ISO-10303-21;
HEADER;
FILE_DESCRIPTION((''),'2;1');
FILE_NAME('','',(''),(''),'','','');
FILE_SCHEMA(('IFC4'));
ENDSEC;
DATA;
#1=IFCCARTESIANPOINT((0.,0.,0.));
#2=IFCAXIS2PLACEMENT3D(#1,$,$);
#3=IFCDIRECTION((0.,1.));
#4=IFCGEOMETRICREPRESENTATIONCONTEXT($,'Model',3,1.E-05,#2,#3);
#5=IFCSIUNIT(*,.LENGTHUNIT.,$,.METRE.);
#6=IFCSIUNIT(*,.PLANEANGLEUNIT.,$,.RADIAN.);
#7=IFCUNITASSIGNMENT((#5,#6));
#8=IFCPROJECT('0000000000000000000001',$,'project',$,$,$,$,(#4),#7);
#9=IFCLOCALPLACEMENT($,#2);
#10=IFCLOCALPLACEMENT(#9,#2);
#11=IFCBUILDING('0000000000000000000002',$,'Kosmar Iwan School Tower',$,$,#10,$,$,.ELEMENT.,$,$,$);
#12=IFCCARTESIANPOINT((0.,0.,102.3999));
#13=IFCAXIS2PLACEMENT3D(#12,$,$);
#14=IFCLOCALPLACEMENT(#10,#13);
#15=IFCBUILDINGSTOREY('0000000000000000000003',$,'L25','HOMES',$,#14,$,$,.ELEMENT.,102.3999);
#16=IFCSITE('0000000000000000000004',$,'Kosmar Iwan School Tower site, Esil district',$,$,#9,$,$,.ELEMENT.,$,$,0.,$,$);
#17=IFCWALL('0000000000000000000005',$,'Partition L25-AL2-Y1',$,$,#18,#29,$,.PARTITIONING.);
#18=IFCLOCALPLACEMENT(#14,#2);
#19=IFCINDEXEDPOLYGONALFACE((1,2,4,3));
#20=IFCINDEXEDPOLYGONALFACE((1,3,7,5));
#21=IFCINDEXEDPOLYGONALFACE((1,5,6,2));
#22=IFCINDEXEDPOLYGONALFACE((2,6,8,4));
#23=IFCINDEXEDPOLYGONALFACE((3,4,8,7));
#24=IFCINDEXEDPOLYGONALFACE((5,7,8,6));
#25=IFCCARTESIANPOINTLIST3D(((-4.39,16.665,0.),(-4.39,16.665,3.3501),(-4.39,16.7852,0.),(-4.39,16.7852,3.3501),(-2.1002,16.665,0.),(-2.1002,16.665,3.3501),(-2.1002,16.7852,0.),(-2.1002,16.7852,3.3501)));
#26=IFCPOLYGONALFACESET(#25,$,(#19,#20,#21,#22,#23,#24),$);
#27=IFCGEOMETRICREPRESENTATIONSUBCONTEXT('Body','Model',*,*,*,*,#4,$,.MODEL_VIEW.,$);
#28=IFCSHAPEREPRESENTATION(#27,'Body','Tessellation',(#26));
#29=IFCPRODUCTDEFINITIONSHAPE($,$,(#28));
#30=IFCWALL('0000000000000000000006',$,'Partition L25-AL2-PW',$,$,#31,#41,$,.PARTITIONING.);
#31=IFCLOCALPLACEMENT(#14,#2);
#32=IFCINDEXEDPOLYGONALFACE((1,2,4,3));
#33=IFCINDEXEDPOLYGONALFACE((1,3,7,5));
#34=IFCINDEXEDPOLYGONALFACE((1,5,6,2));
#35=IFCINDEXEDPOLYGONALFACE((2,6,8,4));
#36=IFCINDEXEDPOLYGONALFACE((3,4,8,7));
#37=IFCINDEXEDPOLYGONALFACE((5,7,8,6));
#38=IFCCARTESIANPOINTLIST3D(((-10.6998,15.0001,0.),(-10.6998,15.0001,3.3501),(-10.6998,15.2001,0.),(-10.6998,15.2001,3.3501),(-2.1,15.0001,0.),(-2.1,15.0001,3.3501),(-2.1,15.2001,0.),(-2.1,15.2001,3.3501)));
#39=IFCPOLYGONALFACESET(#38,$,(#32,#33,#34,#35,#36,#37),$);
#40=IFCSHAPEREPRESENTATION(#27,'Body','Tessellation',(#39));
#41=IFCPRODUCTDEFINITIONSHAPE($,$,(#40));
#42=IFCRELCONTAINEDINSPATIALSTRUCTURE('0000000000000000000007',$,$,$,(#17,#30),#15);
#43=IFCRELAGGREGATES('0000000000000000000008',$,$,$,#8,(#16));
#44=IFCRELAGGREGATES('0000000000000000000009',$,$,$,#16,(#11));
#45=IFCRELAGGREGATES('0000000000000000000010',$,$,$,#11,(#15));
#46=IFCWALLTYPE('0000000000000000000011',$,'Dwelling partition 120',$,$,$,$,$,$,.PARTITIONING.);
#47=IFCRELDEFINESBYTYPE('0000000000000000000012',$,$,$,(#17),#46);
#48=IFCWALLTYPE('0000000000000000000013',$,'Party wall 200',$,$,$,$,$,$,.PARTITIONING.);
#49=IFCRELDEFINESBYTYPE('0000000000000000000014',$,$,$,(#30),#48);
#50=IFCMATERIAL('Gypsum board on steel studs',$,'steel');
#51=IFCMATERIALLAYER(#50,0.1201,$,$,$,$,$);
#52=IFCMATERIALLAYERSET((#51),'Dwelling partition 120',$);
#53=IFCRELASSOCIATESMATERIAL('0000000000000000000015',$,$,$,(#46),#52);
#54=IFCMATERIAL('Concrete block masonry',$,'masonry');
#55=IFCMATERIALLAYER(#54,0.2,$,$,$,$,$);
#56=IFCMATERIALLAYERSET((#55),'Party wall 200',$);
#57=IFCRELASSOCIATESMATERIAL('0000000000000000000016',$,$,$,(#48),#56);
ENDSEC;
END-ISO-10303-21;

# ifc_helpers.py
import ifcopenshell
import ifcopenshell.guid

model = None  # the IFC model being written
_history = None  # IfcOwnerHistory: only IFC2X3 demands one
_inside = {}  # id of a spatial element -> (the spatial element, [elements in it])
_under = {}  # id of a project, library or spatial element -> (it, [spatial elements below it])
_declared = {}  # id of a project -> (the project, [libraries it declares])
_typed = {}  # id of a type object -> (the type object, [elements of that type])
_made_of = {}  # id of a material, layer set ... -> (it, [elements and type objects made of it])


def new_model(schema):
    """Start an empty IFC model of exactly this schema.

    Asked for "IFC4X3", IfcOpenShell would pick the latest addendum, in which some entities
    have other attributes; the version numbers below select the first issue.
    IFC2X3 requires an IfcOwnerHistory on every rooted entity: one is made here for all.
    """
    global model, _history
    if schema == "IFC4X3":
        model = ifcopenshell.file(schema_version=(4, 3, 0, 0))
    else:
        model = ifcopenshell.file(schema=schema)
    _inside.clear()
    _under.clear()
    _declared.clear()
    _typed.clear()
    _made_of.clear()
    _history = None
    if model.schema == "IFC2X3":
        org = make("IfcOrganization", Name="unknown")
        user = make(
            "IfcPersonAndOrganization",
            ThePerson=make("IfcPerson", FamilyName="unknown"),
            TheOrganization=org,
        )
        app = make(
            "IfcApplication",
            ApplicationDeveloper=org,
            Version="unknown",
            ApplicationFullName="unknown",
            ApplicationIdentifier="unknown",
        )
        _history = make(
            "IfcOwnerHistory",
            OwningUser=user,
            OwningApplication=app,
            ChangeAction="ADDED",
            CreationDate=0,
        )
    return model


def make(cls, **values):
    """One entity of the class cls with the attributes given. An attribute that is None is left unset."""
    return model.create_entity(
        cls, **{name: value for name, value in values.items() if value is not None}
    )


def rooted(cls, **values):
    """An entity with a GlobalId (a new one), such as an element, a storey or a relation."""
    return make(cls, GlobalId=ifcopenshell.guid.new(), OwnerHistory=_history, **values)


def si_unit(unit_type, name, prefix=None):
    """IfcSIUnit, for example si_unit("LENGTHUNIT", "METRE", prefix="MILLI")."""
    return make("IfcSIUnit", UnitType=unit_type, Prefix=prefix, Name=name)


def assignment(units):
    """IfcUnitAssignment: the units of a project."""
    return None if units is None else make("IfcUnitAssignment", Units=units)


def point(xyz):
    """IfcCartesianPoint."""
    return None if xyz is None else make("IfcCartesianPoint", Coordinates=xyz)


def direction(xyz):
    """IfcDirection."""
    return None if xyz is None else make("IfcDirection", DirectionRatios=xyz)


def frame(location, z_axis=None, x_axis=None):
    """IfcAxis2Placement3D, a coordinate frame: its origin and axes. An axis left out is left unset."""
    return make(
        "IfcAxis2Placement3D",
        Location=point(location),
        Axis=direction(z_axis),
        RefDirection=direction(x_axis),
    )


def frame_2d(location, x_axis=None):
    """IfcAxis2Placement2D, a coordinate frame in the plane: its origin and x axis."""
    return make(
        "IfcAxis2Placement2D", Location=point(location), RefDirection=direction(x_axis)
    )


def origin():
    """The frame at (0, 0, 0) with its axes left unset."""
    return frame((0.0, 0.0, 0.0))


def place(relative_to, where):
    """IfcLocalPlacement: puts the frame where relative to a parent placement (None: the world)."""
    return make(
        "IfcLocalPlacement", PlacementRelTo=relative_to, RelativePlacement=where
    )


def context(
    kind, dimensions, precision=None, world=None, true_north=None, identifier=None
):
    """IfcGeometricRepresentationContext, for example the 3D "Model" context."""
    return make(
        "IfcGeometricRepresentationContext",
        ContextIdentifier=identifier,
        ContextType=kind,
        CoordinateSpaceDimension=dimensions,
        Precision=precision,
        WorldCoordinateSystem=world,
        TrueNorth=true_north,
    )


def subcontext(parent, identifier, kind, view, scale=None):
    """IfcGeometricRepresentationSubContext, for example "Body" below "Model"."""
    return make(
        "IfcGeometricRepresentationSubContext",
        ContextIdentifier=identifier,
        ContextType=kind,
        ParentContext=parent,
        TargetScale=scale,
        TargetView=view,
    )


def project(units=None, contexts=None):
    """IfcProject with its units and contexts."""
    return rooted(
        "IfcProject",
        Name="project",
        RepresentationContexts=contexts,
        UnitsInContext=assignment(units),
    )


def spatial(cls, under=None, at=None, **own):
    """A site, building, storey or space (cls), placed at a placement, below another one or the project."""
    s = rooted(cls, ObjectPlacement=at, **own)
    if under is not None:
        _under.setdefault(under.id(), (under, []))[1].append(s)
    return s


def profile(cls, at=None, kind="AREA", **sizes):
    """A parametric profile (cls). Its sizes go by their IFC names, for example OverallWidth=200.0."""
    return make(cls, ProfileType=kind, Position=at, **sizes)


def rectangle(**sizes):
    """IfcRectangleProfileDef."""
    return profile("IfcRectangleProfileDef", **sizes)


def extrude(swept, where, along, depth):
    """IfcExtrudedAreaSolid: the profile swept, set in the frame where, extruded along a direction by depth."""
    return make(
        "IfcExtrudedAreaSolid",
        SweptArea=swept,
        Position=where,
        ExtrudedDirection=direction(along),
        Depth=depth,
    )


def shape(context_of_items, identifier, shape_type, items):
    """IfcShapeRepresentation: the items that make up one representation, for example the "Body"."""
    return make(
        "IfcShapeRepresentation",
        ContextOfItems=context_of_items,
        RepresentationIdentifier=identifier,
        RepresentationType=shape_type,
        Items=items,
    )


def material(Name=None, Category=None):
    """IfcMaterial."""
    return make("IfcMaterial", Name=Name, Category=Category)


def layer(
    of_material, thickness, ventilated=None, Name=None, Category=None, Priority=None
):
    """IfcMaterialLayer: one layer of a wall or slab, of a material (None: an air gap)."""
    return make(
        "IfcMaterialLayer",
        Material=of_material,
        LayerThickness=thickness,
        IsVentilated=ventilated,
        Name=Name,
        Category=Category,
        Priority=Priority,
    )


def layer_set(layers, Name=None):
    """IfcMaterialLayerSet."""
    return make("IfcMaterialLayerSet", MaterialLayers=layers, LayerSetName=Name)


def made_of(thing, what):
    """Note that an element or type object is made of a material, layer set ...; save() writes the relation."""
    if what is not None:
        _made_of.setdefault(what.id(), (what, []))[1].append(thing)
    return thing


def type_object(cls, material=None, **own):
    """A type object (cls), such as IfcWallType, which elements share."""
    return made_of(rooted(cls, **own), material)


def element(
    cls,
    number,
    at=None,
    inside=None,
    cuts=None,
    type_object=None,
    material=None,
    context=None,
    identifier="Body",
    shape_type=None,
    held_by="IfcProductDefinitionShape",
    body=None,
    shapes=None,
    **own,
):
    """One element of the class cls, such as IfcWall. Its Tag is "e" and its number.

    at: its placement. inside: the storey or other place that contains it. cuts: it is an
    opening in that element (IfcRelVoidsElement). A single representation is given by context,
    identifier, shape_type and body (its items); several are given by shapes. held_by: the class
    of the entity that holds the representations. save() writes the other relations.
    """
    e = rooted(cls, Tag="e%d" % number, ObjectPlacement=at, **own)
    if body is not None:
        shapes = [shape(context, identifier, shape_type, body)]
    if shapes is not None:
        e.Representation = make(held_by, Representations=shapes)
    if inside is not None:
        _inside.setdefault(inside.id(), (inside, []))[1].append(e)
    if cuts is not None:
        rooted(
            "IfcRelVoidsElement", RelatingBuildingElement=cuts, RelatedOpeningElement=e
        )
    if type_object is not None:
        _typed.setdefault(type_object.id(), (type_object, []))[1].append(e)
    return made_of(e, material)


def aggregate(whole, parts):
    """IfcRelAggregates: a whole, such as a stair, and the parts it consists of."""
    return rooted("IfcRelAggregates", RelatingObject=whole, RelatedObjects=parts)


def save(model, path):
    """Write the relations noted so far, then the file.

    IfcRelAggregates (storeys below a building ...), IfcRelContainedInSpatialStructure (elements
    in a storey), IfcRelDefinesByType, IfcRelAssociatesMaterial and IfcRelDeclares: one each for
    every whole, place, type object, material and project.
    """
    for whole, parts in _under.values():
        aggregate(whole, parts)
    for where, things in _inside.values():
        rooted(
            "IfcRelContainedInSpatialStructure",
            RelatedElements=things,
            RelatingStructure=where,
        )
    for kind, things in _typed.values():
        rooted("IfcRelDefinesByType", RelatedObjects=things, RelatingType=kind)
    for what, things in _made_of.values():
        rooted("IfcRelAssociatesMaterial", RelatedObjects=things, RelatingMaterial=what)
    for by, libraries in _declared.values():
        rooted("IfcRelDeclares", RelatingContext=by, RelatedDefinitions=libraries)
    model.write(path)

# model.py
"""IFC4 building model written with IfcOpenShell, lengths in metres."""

from ifc_helpers import new_model, si_unit, direction, frame, frame_2d, origin, place, context, subcontext, project, spatial, rectangle, extrude, material, layer, layer_set, type_object, element, save


model = new_model("IFC4")

# Units and contexts
model_context = context("Model", 3, precision=1e-05, world=origin(), true_north=direction((0.0, 1.0)))
body_context = subcontext(model_context, "Body", "Model", "MODEL_VIEW")
ifc_project = project(units=[si_unit("LENGTHUNIT", "METRE"), si_unit("PLANEANGLEUNIT", "RADIAN")], contexts=[model_context])

# Site, building, storey
site_placement = place(None, origin())
site = spatial("IfcSite", under=ifc_project, at=site_placement, Name="Kosmar Iwan School Tower site, Esil district", CompositionType="ELEMENT", RefElevation=0.0)
building_placement = place(site_placement, origin())
building = spatial("IfcBuilding", under=site, at=building_placement, Name="Kosmar Iwan School Tower", CompositionType="ELEMENT")
storey_placement = place(building_placement, frame((0.0, 0.0, 102.3999)))
storey = spatial("IfcBuildingStorey", under=building, at=storey_placement, Name="L25", Description="HOMES", CompositionType="ELEMENT", Elevation=102.3999)

# Shared definitions
ifc_material_1 = material(Name="Gypsum board on steel studs", Category="steel")
ifc_layer_1 = layer(ifc_material_1, 0.1201)
ifc_layer_set_1 = layer_set([ifc_layer_1], Name="Dwelling partition 120")
wall_type_1 = type_object("IfcWallType", Name="Dwelling partition 120", PredefinedType="PARTITIONING", material=ifc_layer_set_1)

# Walls
wall_1_placement = place(storey_placement, frame((-2.1001, 16.7251, 0.0), z_axis=(0.0, 0.0, 1.0), x_axis=(-1.0, 0.0, 0.0)))
element("IfcWall", 1, at=wall_1_placement, inside=storey, type_object=wall_type_1, Name="Partition L25-AL2-Y1", PredefinedType="PARTITIONING", context=body_context, shape_type="SweptSolid", body=[
    extrude(rectangle(XDim=2.2898, YDim=0.1201, at=frame_2d((1.145, 0.0))), origin(), (0.0, 0.0, 1.0), 3.3501),
])
ifc_material_2 = material(Name="Concrete block masonry", Category="masonry")
ifc_layer_2 = layer(ifc_material_2, 0.2)
ifc_layer_set_2 = layer_set([ifc_layer_2], Name="Party wall 200")
wall_type_2 = type_object("IfcWallType", Name="Party wall 200", PredefinedType="PARTITIONING", material=ifc_layer_set_2)
wall_2_placement = place(storey_placement, frame((-2.1001, 15.1001, 0.0), z_axis=(0.0, 0.0, 1.0), x_axis=(-1.0, 0.0, 0.0)))
element("IfcWall", 2, at=wall_2_placement, inside=storey, type_object=wall_type_2, Name="Partition L25-AL2-PW", PredefinedType="PARTITIONING", context=body_context, shape_type="SweptSolid", body=[
    extrude(rectangle(XDim=8.5999, YDim=0.2, at=frame_2d((4.2998, 0.0))), origin(), (0.0, 0.0, 1.0), 3.3501),
])

save(model, "model.ifc")
